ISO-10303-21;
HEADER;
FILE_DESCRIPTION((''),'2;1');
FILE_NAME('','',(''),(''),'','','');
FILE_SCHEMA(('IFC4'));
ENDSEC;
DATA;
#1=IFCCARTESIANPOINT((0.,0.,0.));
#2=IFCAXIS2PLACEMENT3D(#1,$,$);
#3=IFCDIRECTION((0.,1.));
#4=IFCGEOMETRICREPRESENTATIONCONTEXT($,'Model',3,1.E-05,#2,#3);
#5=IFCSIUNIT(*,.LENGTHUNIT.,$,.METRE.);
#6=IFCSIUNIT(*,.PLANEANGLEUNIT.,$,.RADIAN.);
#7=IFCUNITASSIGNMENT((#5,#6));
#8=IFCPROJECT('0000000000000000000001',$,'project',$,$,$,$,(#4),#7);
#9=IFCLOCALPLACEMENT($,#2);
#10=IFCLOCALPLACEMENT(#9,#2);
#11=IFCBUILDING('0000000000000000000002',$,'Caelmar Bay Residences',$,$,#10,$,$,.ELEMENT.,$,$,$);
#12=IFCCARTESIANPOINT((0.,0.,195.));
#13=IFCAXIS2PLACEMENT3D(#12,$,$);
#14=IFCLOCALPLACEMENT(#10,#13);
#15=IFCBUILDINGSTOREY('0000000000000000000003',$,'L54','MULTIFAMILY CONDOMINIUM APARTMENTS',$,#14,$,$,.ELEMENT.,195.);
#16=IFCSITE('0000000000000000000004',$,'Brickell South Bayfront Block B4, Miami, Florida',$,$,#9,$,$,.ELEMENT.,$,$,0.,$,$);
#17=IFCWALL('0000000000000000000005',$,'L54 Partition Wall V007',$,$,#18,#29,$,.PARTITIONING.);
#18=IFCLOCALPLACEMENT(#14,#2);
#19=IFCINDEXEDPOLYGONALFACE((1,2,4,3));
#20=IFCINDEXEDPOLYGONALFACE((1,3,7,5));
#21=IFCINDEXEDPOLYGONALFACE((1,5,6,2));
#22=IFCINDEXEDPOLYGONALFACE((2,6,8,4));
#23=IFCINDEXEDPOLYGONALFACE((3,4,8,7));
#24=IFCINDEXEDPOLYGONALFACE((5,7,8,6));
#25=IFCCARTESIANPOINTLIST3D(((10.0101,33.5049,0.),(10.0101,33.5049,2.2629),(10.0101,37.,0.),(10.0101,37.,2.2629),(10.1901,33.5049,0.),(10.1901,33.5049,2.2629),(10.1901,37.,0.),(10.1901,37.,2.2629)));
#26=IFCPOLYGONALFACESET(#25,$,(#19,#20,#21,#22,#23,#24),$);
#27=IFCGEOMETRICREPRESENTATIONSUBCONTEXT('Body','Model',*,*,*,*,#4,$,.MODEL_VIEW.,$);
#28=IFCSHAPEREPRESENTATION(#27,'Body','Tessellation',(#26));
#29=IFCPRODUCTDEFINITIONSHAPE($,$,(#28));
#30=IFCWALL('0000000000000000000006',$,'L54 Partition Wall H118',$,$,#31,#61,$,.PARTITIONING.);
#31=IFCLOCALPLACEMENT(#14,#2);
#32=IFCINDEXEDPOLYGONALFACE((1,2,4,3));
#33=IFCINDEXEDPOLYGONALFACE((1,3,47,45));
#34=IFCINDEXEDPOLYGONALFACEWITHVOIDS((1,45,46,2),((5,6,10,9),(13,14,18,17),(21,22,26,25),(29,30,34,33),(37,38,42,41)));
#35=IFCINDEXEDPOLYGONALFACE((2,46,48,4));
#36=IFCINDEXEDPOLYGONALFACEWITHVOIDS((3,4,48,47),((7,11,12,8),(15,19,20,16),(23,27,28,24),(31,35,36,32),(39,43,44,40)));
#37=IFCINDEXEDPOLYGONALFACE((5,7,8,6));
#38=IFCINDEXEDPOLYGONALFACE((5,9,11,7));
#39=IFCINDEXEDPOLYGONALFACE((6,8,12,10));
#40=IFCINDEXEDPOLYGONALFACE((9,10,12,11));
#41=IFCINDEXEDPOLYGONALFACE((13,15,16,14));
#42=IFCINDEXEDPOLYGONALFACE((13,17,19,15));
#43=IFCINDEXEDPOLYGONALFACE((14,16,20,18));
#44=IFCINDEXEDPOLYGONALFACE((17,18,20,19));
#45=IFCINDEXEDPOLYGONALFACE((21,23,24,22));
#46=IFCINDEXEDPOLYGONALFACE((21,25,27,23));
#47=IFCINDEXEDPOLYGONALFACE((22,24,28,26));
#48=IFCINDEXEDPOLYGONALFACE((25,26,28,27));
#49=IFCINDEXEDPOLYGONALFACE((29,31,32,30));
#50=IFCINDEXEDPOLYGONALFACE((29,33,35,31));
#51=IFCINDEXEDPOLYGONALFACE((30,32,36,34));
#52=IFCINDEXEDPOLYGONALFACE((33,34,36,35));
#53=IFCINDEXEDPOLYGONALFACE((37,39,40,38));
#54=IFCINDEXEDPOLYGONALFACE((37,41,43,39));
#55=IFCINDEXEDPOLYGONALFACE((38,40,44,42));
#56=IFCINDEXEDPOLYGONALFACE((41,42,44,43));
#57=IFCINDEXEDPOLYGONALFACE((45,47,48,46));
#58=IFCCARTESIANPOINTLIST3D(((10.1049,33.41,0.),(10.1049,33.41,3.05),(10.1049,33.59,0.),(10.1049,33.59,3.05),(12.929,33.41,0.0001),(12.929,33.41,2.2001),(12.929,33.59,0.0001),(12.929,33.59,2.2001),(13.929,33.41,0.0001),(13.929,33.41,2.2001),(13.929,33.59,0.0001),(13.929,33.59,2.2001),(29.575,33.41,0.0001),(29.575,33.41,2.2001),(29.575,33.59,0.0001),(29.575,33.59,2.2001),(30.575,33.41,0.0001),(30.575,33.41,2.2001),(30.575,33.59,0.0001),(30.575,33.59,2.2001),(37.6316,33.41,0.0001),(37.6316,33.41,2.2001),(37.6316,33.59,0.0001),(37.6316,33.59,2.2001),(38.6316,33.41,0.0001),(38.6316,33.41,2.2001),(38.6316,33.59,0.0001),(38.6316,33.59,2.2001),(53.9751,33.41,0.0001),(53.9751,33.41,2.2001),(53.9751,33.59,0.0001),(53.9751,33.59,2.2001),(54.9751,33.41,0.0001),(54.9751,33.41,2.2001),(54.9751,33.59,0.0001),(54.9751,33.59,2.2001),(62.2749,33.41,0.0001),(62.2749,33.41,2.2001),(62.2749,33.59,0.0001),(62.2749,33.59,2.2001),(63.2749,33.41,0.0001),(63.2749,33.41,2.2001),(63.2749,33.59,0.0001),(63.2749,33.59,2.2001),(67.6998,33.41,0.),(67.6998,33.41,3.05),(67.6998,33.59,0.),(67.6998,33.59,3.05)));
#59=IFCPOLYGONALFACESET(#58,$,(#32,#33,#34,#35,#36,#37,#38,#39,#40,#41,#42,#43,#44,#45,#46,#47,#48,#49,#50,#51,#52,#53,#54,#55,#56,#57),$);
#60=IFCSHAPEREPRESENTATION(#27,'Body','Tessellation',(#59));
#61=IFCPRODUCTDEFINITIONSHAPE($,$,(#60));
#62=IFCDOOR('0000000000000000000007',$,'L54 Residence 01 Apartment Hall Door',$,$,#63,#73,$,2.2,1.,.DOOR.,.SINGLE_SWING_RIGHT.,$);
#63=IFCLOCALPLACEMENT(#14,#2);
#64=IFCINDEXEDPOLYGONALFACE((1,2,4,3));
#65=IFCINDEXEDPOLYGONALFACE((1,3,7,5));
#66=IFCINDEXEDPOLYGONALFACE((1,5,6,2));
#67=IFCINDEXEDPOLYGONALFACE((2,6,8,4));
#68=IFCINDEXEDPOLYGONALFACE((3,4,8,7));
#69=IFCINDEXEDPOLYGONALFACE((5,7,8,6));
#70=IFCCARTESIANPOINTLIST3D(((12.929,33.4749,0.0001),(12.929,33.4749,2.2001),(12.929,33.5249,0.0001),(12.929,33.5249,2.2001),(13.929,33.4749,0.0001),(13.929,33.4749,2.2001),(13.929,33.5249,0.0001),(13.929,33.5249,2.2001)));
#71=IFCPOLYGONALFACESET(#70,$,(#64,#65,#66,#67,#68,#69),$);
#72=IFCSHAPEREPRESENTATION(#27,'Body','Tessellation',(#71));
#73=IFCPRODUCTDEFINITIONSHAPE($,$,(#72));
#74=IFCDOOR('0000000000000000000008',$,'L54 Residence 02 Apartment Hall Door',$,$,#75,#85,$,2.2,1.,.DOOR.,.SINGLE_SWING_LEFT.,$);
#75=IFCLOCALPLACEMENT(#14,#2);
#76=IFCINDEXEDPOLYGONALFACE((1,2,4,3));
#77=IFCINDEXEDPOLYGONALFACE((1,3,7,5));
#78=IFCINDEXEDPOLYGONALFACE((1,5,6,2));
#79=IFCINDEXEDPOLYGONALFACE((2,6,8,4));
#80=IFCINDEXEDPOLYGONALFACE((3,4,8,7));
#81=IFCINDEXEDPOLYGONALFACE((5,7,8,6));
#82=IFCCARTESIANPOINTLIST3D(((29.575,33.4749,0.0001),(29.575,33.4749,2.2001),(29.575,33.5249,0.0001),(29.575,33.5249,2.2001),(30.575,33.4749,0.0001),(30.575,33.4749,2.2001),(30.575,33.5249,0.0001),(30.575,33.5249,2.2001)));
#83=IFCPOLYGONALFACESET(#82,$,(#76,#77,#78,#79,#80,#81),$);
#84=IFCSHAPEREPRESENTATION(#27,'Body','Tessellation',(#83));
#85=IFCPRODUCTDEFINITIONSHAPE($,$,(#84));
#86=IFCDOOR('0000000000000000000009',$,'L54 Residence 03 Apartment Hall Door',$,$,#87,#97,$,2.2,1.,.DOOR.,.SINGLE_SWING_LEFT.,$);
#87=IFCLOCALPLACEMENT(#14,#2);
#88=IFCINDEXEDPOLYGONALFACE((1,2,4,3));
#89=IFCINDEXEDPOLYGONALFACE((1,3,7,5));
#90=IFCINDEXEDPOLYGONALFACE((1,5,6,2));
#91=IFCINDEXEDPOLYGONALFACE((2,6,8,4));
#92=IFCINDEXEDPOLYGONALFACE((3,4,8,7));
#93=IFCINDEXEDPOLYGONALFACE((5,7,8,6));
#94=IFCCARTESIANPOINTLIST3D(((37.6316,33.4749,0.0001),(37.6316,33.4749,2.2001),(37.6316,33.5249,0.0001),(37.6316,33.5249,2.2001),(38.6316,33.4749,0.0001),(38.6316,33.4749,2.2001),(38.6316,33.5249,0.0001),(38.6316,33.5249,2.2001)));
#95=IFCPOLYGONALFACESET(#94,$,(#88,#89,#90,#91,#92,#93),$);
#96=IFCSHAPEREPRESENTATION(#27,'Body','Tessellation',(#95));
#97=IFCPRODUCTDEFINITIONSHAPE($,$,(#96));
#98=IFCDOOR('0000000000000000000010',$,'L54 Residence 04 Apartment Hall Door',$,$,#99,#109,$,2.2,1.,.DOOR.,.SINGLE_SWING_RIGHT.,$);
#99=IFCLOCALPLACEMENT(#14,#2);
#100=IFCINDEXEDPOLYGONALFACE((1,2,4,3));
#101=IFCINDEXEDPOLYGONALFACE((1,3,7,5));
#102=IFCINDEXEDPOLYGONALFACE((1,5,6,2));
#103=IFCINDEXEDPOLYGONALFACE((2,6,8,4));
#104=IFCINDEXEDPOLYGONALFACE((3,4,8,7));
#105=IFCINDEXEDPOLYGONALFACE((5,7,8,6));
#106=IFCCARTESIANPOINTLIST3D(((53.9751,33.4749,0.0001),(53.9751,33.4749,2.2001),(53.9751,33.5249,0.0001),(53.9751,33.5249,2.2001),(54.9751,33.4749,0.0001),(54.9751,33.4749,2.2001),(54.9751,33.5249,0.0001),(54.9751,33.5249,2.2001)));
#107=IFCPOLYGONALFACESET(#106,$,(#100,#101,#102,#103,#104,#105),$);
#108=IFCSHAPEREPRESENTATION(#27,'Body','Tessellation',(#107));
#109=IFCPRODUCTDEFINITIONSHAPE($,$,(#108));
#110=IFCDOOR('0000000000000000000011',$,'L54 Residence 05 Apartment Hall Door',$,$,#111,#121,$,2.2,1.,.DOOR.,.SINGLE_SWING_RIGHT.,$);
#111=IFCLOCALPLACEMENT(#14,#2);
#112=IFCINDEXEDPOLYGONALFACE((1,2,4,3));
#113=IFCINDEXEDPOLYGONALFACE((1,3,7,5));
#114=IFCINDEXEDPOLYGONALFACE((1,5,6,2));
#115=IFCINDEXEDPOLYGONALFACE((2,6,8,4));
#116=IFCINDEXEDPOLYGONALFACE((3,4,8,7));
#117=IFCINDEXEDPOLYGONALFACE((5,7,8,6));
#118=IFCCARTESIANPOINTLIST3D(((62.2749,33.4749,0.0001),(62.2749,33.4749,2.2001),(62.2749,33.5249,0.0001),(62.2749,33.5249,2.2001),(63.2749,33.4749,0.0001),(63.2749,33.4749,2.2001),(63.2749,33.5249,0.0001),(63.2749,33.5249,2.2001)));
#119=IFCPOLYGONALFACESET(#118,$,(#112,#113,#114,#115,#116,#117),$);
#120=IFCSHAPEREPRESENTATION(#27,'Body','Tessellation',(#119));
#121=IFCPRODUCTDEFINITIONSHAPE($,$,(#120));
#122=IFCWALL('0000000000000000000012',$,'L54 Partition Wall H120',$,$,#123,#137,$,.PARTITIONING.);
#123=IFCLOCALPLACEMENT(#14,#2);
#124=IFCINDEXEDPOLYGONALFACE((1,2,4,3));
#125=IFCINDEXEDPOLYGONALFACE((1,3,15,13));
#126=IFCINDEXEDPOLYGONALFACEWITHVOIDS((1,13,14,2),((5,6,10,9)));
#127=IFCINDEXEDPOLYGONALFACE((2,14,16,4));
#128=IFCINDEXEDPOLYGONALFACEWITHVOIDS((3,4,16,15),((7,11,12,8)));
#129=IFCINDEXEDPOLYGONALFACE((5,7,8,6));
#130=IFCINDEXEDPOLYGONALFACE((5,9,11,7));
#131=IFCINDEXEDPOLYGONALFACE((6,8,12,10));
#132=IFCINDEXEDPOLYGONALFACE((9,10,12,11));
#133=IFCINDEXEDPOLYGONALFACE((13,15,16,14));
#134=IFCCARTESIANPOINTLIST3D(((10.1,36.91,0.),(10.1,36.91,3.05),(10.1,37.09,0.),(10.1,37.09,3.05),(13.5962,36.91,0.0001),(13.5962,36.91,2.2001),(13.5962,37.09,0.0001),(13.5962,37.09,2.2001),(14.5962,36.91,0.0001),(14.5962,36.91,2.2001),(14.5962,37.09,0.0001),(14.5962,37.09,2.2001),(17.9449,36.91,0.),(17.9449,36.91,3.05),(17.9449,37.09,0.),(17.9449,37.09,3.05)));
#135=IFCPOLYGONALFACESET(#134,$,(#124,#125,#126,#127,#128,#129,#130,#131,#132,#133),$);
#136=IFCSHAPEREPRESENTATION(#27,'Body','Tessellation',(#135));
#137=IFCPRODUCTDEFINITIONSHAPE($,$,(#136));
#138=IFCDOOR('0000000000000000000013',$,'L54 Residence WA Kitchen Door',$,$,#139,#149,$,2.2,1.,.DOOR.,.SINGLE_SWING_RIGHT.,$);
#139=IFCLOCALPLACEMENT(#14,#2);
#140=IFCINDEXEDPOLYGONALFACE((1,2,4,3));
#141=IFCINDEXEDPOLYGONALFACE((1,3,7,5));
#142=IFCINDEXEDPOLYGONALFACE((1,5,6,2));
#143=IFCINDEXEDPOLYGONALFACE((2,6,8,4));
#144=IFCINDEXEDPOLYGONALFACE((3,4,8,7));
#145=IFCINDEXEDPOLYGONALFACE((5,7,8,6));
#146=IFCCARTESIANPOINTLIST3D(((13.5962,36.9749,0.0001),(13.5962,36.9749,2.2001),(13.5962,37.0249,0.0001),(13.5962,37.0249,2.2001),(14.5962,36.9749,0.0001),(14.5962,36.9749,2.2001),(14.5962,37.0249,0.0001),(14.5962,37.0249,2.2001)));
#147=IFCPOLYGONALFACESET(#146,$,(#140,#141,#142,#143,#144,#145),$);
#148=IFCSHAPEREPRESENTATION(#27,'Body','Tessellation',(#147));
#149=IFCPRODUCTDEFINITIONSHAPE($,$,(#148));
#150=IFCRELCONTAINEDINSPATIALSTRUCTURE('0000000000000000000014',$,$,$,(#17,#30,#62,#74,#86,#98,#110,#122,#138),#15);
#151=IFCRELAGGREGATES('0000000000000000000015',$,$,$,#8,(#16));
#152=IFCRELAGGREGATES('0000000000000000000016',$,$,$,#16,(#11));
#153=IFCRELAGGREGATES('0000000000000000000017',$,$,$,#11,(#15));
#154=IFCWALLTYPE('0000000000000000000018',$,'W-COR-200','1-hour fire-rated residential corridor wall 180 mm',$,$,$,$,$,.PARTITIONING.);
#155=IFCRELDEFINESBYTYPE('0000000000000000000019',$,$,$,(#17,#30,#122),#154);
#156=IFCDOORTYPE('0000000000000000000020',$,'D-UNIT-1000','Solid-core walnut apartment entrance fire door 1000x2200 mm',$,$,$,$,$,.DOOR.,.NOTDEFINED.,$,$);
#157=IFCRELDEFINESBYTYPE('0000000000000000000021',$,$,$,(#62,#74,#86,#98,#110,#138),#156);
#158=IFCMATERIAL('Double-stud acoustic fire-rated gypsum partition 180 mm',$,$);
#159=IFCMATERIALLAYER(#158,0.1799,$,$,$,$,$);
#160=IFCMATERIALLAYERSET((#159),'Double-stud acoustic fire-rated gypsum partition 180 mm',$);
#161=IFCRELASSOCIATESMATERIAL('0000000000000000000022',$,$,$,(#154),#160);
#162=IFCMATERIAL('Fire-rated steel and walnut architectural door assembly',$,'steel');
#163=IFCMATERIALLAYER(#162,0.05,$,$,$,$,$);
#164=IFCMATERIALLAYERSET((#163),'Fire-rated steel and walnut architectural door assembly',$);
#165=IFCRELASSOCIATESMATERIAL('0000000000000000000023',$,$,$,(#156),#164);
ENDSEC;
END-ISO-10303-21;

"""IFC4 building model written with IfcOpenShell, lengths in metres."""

from ifc_helpers import new_model, si_unit, direction, frame, frame_2d, origin, place, context, subcontext, project, spatial, rectangle, extrude, material, layer, layer_set, type_object, element, fill, save


model = new_model("IFC4")

# Units and contexts
model_context = context("Model", 3, precision=1e-05, world=origin(), true_north=direction((0.0, 1.0)))
body_context = subcontext(model_context, "Body", "Model", "MODEL_VIEW")
ifc_project = project(units=[si_unit("LENGTHUNIT", "METRE"), si_unit("PLANEANGLEUNIT", "RADIAN")], contexts=[model_context])

# Site, building, storey
site_placement = place(None, origin())
site = spatial("IfcSite", under=ifc_project, at=site_placement, Name="Brickell South Bayfront Block B4, Miami, Florida", CompositionType="ELEMENT", RefElevation=0.0)
building_placement = place(site_placement, origin())
building = spatial("IfcBuilding", under=site, at=building_placement, Name="Caelmar Bay Residences", CompositionType="ELEMENT")
storey_placement = place(building_placement, frame((0.0, 0.0, 195.0)))
storey = spatial("IfcBuildingStorey", under=building, at=storey_placement, Name="L54", Description="MULTIFAMILY CONDOMINIUM APARTMENTS", CompositionType="ELEMENT", Elevation=195.0)

# Shared definitions
ifc_material_1 = material(Name="Fire-rated steel and walnut architectural door assembly", Category="steel")

# Wall
ifc_material_2 = material(Name="Double-stud acoustic fire-rated gypsum partition 180 mm")
ifc_layer_1 = layer(ifc_material_2, 0.1799)
ifc_layer_set_1 = layer_set([ifc_layer_1], Name="Double-stud acoustic fire-rated gypsum partition 180 mm")
wall_type_1 = type_object("IfcWallType", Name="W-COR-200", Description="1-hour fire-rated residential corridor wall 180 mm", PredefinedType="PARTITIONING", material=ifc_layer_set_1)
wall_1_placement = place(storey_placement, frame((10.1001, 33.5049, 0.0), z_axis=(0.0, 0.0, 1.0), x_axis=(0.0, 1.0, 0.0)))
element("IfcWall", 1, at=wall_1_placement, inside=storey, type_object=wall_type_1, Name="L54 Partition Wall V007", PredefinedType="PARTITIONING", context=body_context, shape_type="SweptSolid", body=[
    extrude(rectangle(XDim=3.4951, YDim=0.1799, at=frame_2d((1.7476, 0.0))), origin(), (0.0, 0.0, 1.0), 2.2629),
])

# Wall, openings, doors
wall_2_placement = place(storey_placement, frame((10.105, 33.5, 0.0), z_axis=(0.0, 0.0, 1.0), x_axis=(1.0, 0.0, 0.0)))
wall_2 = element("IfcWall", 2, at=wall_2_placement, inside=storey, type_object=wall_type_1, Name="L54 Partition Wall H118", PredefinedType="PARTITIONING", context=body_context, shape_type="SweptSolid", body=[
    extrude(rectangle(XDim=57.595, YDim=0.1799, at=frame_2d((28.7974, 0.0))), origin(), (0.0, 0.0, 1.0), 3.05),
])
opening_1_placement = place(wall_2_placement, frame((2.824, 0.0, 0.0)))
opening_1 = element("IfcOpeningElement", 3, at=opening_1_placement, cuts=wall_2, PredefinedType="OPENING", context=body_context, shape_type="SweptSolid", body=[
    extrude(rectangle(XDim=1.0, YDim=2.2, at=frame_2d((0.5, 1.1001))), frame((0.0, 0.0999, 0.0), z_axis=(0.0, -1.0, 0.0), x_axis=(1.0, 0.0, 0.0)), (0.0, 0.0, 1.0), 0.2),
])
opening_2_placement = place(wall_2_placement, frame((19.47, 0.0, 0.0)))
opening_2 = element("IfcOpeningElement", 4, at=opening_2_placement, cuts=wall_2, PredefinedType="OPENING", context=body_context, shape_type="SweptSolid", body=[
    extrude(rectangle(XDim=1.0, YDim=2.2, at=frame_2d((0.5, 1.1001))), frame((0.0, 0.0999, 0.0), z_axis=(0.0, -1.0, 0.0), x_axis=(1.0, 0.0, 0.0)), (0.0, 0.0, 1.0), 0.2),
])
opening_3_placement = place(wall_2_placement, frame((27.5266, 0.0, 0.0)))
opening_3 = element("IfcOpeningElement", 5, at=opening_3_placement, cuts=wall_2, PredefinedType="OPENING", context=body_context, shape_type="SweptSolid", body=[
    extrude(rectangle(XDim=1.0, YDim=2.2, at=frame_2d((0.5, 1.1001))), frame((0.0, 0.0999, 0.0), z_axis=(0.0, -1.0, 0.0), x_axis=(1.0, 0.0, 0.0)), (0.0, 0.0, 1.0), 0.2),
])
opening_4_placement = place(wall_2_placement, frame((43.8701, 0.0, 0.0)))
opening_4 = element("IfcOpeningElement", 6, at=opening_4_placement, cuts=wall_2, PredefinedType="OPENING", context=body_context, shape_type="SweptSolid", body=[
    extrude(rectangle(XDim=1.0, YDim=2.2, at=frame_2d((0.5, 1.1001))), frame((0.0, 0.0999, 0.0), z_axis=(0.0, -1.0, 0.0), x_axis=(1.0, 0.0, 0.0)), (0.0, 0.0, 1.0), 0.2),
])
opening_5_placement = place(wall_2_placement, frame((52.1699, 0.0, 0.0)))
opening_5 = element("IfcOpeningElement", 7, at=opening_5_placement, cuts=wall_2, PredefinedType="OPENING", context=body_context, shape_type="SweptSolid", body=[
    extrude(rectangle(XDim=1.0, YDim=2.2, at=frame_2d((0.5, 1.1001))), frame((0.0, 0.0999, 0.0), z_axis=(0.0, -1.0, 0.0), x_axis=(1.0, 0.0, 0.0)), (0.0, 0.0, 1.0), 0.2),
])
ifc_layer_2 = layer(ifc_material_1, 0.05)
ifc_layer_set_2 = layer_set([ifc_layer_2], Name="Fire-rated steel and walnut architectural door assembly")
door_type_1 = type_object("IfcDoorType", Name="D-UNIT-1000", Description="Solid-core walnut apartment entrance fire door 1000x2200 mm", OperationType="NOTDEFINED", PredefinedType="DOOR", material=ifc_layer_set_2)
door_1_placement = place(opening_1_placement, origin())
door_1 = element("IfcDoor", 8, at=door_1_placement, inside=storey, type_object=door_type_1, Name="L54 Residence 01 Apartment Hall Door", OperationType="SINGLE_SWING_RIGHT", OverallHeight=2.2, OverallWidth=1.0, PredefinedType="DOOR", context=body_context, shape_type="SweptSolid", body=[
    extrude(rectangle(XDim=1.0, YDim=2.2, at=frame_2d((0.5, 1.1001))), frame((0.0, 0.0249, 0.0), z_axis=(0.0, -1.0, 0.0), x_axis=(1.0, 0.0, 0.0)), (0.0, 0.0, 1.0), 0.05),
])
fill(opening_1, door_1)
door_2_placement = place(opening_2_placement, origin())
door_2 = element("IfcDoor", 9, at=door_2_placement, inside=storey, type_object=door_type_1, Name="L54 Residence 02 Apartment Hall Door", OperationType="SINGLE_SWING_LEFT", OverallHeight=2.2, OverallWidth=1.0, PredefinedType="DOOR", context=body_context, shape_type="SweptSolid", body=[
    extrude(rectangle(XDim=1.0, YDim=2.2, at=frame_2d((0.5, 1.1001))), frame((0.0, 0.0249, 0.0), z_axis=(0.0, -1.0, 0.0), x_axis=(1.0, 0.0, 0.0)), (0.0, 0.0, 1.0), 0.05),
])
fill(opening_2, door_2)
door_3_placement = place(opening_3_placement, origin())
door_3 = element("IfcDoor", 10, at=door_3_placement, inside=storey, type_object=door_type_1, Name="L54 Residence 03 Apartment Hall Door", OperationType="SINGLE_SWING_LEFT", OverallHeight=2.2, OverallWidth=1.0, PredefinedType="DOOR", context=body_context, shape_type="SweptSolid", body=[
    extrude(rectangle(XDim=1.0, YDim=2.2, at=frame_2d((0.5, 1.1001))), frame((0.0, 0.0249, 0.0), z_axis=(0.0, -1.0, 0.0), x_axis=(1.0, 0.0, 0.0)), (0.0, 0.0, 1.0), 0.05),
])
fill(opening_3, door_3)
door_4_placement = place(opening_4_placement, origin())
door_4 = element("IfcDoor", 11, at=door_4_placement, inside=storey, type_object=door_type_1, Name="L54 Residence 04 Apartment Hall Door", OperationType="SINGLE_SWING_RIGHT", OverallHeight=2.2, OverallWidth=1.0, PredefinedType="DOOR", context=body_context, shape_type="SweptSolid", body=[
    extrude(rectangle(XDim=1.0, YDim=2.2, at=frame_2d((0.5, 1.1001))), frame((0.0, 0.0249, 0.0), z_axis=(0.0, -1.0, 0.0), x_axis=(1.0, 0.0, 0.0)), (0.0, 0.0, 1.0), 0.05),
])
fill(opening_4, door_4)
door_5_placement = place(opening_5_placement, origin())
door_5 = element("IfcDoor", 12, at=door_5_placement, inside=storey, type_object=door_type_1, Name="L54 Residence 05 Apartment Hall Door", OperationType="SINGLE_SWING_RIGHT", OverallHeight=2.2, OverallWidth=1.0, PredefinedType="DOOR", context=body_context, shape_type="SweptSolid", body=[
    extrude(rectangle(XDim=1.0, YDim=2.2, at=frame_2d((0.5, 1.1001))), frame((0.0, 0.0249, 0.0), z_axis=(0.0, -1.0, 0.0), x_axis=(1.0, 0.0, 0.0)), (0.0, 0.0, 1.0), 0.05),
])
fill(opening_5, door_5)

# Wall, opening, door
wall_3_placement = place(storey_placement, frame((10.1001, 37.0, 0.0), z_axis=(0.0, 0.0, 1.0), x_axis=(1.0, 0.0, 0.0)))
wall_3 = element("IfcWall", 13, at=wall_3_placement, inside=storey, type_object=wall_type_1, Name="L54 Partition Wall H120", PredefinedType="PARTITIONING", context=body_context, shape_type="SweptSolid", body=[
    extrude(rectangle(XDim=7.845, YDim=0.1799, at=frame_2d((3.9224, 0.0))), origin(), (0.0, 0.0, 1.0), 3.05),
])
opening_6_placement = place(wall_3_placement, frame((3.4961, 0.0, 0.0)))
opening_6 = element("IfcOpeningElement", 14, at=opening_6_placement, cuts=wall_3, PredefinedType="OPENING", context=body_context, shape_type="SweptSolid", body=[
    extrude(rectangle(XDim=1.0, YDim=2.2, at=frame_2d((0.5, 1.1001))), frame((0.0, 0.0999, 0.0), z_axis=(0.0, -1.0, 0.0), x_axis=(1.0, 0.0, 0.0)), (0.0, 0.0, 1.0), 0.2),
])
door_6_placement = place(opening_6_placement, origin())
door_6 = element("IfcDoor", 15, at=door_6_placement, inside=storey, type_object=door_type_1, Name="L54 Residence WA Kitchen Door", OperationType="SINGLE_SWING_RIGHT", OverallHeight=2.2, OverallWidth=1.0, PredefinedType="DOOR", context=body_context, shape_type="SweptSolid", body=[
    extrude(rectangle(XDim=1.0, YDim=2.2, at=frame_2d((0.5, 1.1001))), frame((0.0, 0.0249, 0.0), z_axis=(0.0, -1.0, 0.0), x_axis=(1.0, 0.0, 0.0)), (0.0, 0.0, 1.0), 0.05),
])
fill(opening_6, door_6)

save(model, "model.ifc")
